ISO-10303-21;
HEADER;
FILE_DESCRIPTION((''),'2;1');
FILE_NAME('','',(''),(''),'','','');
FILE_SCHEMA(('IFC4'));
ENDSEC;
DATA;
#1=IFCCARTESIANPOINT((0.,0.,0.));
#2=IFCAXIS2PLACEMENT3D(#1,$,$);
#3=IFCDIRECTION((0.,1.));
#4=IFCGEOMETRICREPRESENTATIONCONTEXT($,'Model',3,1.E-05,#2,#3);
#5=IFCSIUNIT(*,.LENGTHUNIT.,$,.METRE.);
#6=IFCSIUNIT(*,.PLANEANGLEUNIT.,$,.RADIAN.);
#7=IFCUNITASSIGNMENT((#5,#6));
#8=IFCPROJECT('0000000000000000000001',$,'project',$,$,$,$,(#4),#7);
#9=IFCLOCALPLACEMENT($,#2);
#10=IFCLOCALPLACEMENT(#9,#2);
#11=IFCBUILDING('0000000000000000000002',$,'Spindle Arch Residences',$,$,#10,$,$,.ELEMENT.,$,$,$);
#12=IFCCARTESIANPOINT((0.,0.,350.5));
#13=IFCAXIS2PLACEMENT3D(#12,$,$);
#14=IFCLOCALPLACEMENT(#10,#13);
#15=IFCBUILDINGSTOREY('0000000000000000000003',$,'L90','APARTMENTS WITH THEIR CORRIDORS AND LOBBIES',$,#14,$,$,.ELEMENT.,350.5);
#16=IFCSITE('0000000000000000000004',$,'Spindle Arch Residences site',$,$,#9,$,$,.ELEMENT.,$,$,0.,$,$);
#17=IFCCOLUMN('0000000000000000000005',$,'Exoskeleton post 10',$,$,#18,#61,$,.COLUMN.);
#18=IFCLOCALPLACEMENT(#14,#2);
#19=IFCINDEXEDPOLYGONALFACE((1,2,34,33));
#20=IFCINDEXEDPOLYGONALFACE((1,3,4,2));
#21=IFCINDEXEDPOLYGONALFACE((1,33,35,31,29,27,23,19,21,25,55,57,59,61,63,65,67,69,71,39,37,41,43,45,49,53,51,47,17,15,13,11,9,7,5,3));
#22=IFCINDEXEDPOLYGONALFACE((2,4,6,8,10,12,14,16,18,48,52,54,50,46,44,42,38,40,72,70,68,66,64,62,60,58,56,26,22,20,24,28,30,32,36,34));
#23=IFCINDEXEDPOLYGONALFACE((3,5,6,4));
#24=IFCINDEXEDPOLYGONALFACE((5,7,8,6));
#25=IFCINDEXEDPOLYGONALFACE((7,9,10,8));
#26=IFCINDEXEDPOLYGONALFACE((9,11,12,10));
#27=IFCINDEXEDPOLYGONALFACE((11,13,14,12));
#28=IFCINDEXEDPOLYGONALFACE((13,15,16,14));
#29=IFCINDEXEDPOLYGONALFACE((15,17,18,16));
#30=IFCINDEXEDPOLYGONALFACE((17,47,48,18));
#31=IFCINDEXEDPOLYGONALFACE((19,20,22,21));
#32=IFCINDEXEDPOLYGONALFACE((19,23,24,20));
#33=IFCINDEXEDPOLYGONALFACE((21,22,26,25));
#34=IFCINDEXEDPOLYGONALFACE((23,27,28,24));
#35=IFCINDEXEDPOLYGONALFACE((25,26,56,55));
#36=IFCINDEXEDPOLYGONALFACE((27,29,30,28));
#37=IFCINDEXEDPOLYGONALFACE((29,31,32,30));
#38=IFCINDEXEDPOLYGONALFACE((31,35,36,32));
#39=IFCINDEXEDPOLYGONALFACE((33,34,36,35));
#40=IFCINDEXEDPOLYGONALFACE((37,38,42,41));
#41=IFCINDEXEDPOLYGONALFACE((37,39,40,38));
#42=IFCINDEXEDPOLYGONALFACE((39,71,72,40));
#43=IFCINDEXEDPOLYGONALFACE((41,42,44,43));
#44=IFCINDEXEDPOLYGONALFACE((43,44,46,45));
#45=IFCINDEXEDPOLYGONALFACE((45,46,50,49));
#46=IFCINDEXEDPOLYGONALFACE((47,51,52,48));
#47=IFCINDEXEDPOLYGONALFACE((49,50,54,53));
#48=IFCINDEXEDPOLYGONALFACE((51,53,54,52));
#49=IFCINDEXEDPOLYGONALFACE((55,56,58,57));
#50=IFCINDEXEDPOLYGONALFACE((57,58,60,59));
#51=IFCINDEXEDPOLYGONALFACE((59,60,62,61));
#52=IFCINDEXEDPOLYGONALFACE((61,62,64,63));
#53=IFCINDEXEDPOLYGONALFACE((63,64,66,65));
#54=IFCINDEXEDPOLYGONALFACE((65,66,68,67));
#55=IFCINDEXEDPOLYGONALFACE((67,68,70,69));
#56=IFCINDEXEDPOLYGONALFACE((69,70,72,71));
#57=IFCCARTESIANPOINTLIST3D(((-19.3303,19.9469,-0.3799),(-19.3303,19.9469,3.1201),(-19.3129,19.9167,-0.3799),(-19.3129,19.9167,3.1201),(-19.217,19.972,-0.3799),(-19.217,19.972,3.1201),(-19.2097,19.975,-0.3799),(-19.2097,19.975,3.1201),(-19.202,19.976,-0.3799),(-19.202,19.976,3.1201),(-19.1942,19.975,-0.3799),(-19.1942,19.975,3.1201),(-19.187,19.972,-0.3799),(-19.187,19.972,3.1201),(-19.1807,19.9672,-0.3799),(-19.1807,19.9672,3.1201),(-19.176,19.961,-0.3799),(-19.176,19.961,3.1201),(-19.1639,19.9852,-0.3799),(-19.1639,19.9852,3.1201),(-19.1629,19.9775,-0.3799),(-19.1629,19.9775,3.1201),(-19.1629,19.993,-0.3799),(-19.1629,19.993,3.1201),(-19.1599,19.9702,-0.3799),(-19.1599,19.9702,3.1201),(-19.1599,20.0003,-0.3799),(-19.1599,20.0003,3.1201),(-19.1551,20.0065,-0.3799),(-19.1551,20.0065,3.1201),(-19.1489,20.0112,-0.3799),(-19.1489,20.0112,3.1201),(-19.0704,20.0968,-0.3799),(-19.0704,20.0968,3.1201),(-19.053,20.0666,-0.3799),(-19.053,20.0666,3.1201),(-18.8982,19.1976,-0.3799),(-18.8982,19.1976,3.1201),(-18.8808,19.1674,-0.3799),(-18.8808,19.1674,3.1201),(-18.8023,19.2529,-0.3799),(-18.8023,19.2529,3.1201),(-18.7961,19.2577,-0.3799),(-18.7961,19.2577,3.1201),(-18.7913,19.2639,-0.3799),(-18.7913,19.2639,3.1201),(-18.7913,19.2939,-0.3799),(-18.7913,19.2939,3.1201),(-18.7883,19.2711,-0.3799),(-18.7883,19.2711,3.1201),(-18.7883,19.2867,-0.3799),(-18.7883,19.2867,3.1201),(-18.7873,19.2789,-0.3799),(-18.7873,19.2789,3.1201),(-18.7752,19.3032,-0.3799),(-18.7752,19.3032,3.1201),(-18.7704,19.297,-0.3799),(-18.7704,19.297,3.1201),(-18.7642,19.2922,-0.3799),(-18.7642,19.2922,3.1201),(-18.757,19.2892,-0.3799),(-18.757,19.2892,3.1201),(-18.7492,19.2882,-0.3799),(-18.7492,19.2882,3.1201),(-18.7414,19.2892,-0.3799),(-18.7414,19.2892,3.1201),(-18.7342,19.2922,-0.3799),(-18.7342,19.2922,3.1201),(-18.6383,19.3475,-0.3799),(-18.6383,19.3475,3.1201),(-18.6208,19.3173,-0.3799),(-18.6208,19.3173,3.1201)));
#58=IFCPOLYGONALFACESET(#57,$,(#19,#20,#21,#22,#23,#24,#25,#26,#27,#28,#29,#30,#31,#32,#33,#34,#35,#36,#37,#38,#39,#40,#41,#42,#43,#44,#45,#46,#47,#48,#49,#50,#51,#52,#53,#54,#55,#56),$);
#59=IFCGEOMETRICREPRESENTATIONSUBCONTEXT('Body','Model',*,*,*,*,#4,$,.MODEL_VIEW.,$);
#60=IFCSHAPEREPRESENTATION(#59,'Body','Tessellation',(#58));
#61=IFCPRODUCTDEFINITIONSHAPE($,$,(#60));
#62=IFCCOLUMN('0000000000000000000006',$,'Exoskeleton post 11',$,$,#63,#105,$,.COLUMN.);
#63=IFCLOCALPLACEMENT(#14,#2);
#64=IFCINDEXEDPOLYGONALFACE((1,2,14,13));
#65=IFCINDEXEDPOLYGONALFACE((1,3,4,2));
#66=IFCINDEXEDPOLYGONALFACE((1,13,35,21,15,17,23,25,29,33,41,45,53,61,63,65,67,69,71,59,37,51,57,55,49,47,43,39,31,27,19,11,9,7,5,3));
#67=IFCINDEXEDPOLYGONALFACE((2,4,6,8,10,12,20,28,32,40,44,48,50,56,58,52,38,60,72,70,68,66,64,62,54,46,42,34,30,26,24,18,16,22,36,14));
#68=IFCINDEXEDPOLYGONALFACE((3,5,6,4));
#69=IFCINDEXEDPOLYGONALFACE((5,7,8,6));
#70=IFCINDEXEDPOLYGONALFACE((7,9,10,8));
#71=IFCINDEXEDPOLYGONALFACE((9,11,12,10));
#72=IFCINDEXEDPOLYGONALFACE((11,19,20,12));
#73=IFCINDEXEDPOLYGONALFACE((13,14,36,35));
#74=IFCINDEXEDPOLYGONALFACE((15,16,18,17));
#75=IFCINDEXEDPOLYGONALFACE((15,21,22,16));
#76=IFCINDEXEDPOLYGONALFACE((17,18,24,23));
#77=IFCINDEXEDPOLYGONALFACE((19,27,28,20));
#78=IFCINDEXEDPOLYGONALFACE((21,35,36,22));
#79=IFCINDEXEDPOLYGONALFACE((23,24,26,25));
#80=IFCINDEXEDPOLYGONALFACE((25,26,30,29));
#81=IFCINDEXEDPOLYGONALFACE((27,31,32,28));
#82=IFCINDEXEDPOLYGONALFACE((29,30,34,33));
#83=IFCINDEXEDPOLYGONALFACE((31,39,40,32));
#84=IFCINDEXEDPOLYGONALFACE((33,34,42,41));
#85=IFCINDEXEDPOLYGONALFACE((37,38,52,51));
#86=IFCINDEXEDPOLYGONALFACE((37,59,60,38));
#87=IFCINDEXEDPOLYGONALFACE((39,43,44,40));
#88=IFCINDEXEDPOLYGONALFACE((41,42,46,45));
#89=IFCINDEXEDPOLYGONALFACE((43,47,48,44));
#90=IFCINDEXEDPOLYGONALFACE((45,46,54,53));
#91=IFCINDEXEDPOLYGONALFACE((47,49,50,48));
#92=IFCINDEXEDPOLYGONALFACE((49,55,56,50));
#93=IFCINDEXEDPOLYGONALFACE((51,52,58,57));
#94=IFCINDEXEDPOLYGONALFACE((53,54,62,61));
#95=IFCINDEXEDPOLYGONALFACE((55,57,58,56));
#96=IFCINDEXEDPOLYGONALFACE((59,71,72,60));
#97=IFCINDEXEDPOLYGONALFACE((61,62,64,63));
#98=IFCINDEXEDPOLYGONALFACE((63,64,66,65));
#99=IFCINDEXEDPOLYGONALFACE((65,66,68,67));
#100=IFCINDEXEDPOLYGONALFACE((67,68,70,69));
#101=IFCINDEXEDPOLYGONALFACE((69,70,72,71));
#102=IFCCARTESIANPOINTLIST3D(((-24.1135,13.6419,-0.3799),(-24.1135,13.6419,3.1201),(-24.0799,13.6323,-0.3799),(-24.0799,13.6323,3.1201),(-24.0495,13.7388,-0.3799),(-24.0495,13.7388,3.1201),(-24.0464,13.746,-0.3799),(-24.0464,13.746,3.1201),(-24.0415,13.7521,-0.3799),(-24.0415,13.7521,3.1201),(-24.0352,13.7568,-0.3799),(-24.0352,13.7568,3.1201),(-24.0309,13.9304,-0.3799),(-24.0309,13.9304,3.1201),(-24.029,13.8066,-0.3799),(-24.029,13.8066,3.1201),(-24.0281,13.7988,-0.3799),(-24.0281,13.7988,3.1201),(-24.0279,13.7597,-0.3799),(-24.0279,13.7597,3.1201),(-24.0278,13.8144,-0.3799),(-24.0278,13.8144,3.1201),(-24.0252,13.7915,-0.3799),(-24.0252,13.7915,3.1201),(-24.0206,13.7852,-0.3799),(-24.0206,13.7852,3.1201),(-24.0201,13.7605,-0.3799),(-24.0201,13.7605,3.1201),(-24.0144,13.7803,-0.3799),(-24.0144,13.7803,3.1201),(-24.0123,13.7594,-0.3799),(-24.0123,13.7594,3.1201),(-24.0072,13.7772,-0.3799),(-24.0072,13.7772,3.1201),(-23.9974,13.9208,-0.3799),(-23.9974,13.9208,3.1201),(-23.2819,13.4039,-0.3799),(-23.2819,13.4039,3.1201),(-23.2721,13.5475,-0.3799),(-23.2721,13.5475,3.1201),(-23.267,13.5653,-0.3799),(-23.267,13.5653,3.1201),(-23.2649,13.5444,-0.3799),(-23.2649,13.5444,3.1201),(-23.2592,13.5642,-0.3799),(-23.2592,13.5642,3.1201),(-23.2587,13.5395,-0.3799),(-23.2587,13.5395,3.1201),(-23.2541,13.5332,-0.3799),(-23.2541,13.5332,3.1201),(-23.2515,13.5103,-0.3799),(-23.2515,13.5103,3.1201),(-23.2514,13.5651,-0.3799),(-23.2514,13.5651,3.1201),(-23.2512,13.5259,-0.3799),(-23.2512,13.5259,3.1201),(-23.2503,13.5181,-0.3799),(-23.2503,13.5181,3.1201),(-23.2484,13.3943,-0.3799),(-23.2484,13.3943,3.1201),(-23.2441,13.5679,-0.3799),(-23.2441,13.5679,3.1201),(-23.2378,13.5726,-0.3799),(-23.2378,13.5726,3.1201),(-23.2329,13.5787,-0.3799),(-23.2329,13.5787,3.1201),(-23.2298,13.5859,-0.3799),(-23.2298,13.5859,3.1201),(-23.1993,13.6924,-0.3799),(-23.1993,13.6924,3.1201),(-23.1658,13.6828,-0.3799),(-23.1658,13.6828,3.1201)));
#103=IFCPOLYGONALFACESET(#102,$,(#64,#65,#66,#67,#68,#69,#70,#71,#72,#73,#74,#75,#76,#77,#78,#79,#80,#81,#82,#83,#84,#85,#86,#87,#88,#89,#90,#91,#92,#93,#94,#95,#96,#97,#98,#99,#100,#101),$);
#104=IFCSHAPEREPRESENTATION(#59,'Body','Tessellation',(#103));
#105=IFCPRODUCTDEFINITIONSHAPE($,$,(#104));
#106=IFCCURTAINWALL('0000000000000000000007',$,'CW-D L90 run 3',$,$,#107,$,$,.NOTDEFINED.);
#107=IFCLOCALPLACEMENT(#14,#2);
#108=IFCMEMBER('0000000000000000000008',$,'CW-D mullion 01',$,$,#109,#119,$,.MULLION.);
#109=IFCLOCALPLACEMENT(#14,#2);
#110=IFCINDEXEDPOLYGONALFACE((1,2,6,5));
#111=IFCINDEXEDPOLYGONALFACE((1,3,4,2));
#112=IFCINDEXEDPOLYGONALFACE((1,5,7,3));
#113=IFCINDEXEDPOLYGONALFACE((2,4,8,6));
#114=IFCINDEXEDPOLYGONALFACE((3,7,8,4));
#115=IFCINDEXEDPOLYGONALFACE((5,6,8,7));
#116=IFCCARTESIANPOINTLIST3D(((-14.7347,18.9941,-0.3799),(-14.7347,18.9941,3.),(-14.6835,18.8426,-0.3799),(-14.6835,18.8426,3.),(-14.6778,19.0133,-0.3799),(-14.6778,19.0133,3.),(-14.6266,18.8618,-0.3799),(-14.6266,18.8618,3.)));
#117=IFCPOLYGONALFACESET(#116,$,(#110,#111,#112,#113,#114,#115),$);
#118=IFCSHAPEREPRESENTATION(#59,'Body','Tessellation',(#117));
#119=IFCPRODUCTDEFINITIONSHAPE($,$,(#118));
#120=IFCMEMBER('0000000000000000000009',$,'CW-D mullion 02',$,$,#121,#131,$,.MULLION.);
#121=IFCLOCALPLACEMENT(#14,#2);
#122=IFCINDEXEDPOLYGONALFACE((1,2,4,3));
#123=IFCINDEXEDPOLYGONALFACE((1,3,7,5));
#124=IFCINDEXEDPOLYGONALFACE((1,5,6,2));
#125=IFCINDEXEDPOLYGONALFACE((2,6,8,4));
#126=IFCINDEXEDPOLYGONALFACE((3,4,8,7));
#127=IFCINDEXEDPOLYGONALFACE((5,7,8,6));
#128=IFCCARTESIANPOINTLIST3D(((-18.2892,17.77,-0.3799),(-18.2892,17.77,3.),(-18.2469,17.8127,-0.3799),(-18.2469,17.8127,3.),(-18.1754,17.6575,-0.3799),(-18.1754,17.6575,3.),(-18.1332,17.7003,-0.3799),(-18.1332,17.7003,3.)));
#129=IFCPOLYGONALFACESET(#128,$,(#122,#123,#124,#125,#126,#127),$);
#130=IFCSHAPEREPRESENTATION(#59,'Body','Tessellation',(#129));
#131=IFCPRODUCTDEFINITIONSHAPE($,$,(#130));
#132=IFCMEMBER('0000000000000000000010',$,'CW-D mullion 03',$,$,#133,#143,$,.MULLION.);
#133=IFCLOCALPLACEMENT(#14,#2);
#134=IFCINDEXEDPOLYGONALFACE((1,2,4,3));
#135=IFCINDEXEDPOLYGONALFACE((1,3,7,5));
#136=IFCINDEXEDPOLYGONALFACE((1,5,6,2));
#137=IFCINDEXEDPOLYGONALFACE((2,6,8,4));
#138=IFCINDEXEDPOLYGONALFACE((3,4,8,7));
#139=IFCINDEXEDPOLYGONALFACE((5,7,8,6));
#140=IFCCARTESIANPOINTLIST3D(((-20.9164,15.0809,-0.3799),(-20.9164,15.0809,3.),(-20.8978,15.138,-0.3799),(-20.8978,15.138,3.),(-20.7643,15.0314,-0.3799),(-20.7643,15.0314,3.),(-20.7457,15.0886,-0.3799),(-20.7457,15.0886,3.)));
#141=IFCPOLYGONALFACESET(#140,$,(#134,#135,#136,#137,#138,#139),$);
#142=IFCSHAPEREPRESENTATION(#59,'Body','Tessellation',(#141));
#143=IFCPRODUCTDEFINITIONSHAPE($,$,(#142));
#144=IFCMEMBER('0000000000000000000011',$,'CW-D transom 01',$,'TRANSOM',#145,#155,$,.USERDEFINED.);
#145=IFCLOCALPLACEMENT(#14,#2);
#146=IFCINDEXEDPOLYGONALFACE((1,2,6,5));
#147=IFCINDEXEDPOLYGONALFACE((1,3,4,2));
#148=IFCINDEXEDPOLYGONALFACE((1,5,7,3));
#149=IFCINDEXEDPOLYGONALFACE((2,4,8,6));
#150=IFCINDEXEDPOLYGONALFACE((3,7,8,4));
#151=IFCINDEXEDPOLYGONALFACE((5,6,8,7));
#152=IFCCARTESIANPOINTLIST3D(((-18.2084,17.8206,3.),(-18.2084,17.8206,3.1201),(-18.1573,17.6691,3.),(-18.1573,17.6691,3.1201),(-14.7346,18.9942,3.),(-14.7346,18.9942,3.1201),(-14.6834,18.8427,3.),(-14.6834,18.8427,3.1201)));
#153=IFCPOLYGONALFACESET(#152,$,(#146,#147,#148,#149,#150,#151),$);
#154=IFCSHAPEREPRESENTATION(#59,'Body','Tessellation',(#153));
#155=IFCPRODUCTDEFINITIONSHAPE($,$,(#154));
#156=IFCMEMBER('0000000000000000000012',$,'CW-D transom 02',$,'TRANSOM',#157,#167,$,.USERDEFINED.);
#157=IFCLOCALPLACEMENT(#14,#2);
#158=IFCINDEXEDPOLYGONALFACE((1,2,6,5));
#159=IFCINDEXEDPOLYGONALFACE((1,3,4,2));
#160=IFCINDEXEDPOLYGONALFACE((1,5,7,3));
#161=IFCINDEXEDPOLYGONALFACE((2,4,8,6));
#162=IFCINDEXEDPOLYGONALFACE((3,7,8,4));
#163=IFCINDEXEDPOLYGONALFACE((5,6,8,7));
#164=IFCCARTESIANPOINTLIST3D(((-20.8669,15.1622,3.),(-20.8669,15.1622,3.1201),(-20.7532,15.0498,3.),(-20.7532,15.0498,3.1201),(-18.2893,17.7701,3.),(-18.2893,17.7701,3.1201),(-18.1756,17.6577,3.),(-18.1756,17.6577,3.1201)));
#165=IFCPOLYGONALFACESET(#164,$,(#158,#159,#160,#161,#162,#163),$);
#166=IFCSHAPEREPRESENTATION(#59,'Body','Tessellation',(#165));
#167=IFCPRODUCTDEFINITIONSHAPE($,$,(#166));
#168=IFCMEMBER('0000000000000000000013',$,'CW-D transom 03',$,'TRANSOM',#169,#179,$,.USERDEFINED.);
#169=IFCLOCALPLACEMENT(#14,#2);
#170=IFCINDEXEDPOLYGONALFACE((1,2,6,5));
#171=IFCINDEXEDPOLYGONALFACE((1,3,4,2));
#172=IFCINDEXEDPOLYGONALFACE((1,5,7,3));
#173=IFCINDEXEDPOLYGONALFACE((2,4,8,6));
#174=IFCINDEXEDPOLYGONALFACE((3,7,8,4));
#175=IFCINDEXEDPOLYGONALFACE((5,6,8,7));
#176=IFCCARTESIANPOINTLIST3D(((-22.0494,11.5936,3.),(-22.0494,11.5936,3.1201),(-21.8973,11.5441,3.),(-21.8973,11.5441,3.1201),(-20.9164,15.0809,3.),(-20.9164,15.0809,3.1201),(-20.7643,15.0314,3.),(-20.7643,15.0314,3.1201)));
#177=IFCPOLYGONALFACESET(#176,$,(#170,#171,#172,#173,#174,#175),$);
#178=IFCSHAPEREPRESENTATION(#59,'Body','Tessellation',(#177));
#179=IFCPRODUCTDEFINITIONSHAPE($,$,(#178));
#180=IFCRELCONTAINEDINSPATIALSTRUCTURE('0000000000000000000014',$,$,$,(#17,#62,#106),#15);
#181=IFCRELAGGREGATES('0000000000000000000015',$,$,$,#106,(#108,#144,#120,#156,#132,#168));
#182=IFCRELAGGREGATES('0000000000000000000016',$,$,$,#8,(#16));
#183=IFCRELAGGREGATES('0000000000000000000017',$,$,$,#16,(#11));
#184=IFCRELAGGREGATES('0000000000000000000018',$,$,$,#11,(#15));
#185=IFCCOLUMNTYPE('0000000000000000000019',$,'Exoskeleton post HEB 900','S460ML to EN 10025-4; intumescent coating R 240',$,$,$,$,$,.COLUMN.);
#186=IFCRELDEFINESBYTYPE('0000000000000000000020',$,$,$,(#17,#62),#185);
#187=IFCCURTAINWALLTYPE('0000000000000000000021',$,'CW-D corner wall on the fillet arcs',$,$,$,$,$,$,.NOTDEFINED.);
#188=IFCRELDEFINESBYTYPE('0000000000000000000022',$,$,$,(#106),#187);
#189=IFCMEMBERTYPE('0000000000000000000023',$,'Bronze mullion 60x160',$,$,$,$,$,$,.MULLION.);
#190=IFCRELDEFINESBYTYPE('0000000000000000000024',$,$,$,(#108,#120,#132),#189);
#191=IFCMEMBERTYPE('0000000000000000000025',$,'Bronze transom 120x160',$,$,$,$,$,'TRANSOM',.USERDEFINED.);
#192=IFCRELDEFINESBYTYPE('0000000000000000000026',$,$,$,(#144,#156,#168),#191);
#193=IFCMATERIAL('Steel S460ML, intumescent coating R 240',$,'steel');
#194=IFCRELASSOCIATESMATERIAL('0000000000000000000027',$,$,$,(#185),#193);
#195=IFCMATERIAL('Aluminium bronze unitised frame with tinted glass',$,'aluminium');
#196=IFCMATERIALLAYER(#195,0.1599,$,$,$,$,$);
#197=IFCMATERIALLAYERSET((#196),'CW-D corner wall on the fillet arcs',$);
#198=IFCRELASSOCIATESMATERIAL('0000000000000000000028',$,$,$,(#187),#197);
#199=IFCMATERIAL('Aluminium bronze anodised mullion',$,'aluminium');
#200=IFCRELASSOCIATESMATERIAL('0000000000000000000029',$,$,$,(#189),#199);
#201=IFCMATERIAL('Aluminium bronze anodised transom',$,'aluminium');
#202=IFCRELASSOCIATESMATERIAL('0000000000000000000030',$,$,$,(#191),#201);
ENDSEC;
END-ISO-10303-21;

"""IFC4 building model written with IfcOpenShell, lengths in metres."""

from ifc_helpers import new_model, si_unit, direction, frame, origin, origin_2d, place, context, subcontext, project, spatial, rectangle, i_section, extrude, material, layer, layer_set, material_profile, profile_set, type_object, element, aggregate, save


model = new_model("IFC4")

# Units and contexts
model_context = context("Model", 3, precision=1e-05, world=origin(), true_north=direction((0.0, 1.0)))
body_context = subcontext(model_context, "Body", "Model", "MODEL_VIEW")
ifc_project = project(units=[si_unit("LENGTHUNIT", "METRE"), si_unit("PLANEANGLEUNIT", "RADIAN")], contexts=[model_context])

# Site, building, storey
site_placement = place(None, origin())
site = spatial("IfcSite", under=ifc_project, at=site_placement, Name="Spindle Arch Residences site", CompositionType="ELEMENT", RefElevation=0.0)
building_placement = place(site_placement, origin())
building = spatial("IfcBuilding", under=site, at=building_placement, Name="Spindle Arch Residences", CompositionType="ELEMENT")
storey_placement = place(building_placement, frame((0.0, 0.0, 350.5)))
storey = spatial("IfcBuildingStorey", under=building, at=storey_placement, Name="L90", Description="APARTMENTS WITH THEIR CORRIDORS AND LOBBIES", CompositionType="ELEMENT", Elevation=350.5)

# Columns
ifc_material_1 = material(Name="Steel S460ML, intumescent coating R 240", Category="steel")
ifc_material_profile_1 = material_profile(ifc_material_1, i_section(OverallWidth=0.3, OverallDepth=0.8999, WebThickness=0.0186, FlangeThickness=0.0349, FilletRadius=0.03, at=origin_2d()), Name="HEB 900")
ifc_profile_set_1 = profile_set([ifc_material_profile_1], Name="Steel S460ML, intumescent coating R 240")
column_type = type_object("IfcColumnType", Name="Exoskeleton post HEB 900", Description="S460ML to EN 10025-4; intumescent coating R 240", PredefinedType="COLUMN", material=ifc_profile_set_1)
for number, where, z_axis, x_axis, name in (
    (1, (-18.9756, 19.6321, -0.3799), (0.0, 0.0, 1.0), (0.866257, 0.499599, 0.0), "Exoskeleton post 10"),
    (2, (-23.6396, 13.6624, -0.3799), (0.0, 0.0, 1.0), (0.275193, 0.961389, 0.0), "Exoskeleton post 11"),
):
    element("IfcColumn", number, at=place(storey_placement, frame(where, z_axis=z_axis, x_axis=x_axis)), inside=storey, type_object=column_type, Name=name, PredefinedType="COLUMN", context=body_context, shape_type="SweptSolid", body=[
        extrude(i_section(OverallWidth=0.3, OverallDepth=0.8999, WebThickness=0.0186, FlangeThickness=0.0349, FilletRadius=0.03, at=origin_2d()), origin(), (0.0, 0.0, 1.0), 3.5),
    ])

# Curtain wall, members
ifc_material_2 = material(Name="Aluminium bronze unitised frame with tinted glass", Category="aluminium")
ifc_layer_1 = layer(ifc_material_2, 0.1599)
ifc_layer_set_1 = layer_set([ifc_layer_1], Name="CW-D corner wall on the fillet arcs")
curtain_wall_type = type_object("IfcCurtainWallType", Name="CW-D corner wall on the fillet arcs", PredefinedType="NOTDEFINED", material=ifc_layer_set_1)
curtain_wall_placement = place(storey_placement, origin())
curtain_wall = element("IfcCurtainWall", 3, at=curtain_wall_placement, inside=storey, type_object=curtain_wall_type, Name="CW-D L90 run 3", PredefinedType="NOTDEFINED")
ifc_material_3 = material(Name="Aluminium bronze anodised mullion", Category="aluminium")
ifc_material_profile_2 = material_profile(ifc_material_3, rectangle(XDim=0.1599, YDim=0.0601, at=origin_2d()), Name="MU 60x160")
ifc_profile_set_2 = profile_set([ifc_material_profile_2], Name="Aluminium bronze anodised mullion")
member_type_1 = type_object("IfcMemberType", Name="Bronze mullion 60x160", PredefinedType="MULLION", material=ifc_profile_set_2)
member_1_placement = place(storey_placement, frame((-14.6807, 18.928, -0.3799), z_axis=(0.0, 0.0, 1.0), x_axis=(0.320062, -0.947397, 0.0)))
member_1 = element("IfcMember", 4, at=member_1_placement, type_object=member_type_1, Name="CW-D mullion 01", PredefinedType="MULLION", context=body_context, shape_type="SweptSolid", body=[
    extrude(rectangle(XDim=0.1599, YDim=0.0601, at=origin_2d()), origin(), (0.0, 0.0, 1.0), 3.3799),
])
member_2_placement = place(storey_placement, frame((-18.2112, 17.7351, -0.3799), z_axis=(0.0, 0.0, 1.0), x_axis=(0.711209, -0.702981, 0.0)))
member_2 = element("IfcMember", 5, at=member_2_placement, type_object=member_type_1, Name="CW-D mullion 02", PredefinedType="MULLION", context=body_context, shape_type="SweptSolid", body=[
    extrude(rectangle(XDim=0.1599, YDim=0.0601, at=origin_2d()), origin(), (0.0, 0.0, 1.0), 3.3799),
])
member_3_placement = place(storey_placement, frame((-20.8311, 15.0847, -0.3799), z_axis=(0.0, 0.0, 1.0), x_axis=(0.951057, -0.309017, 0.0)))
member_3 = element("IfcMember", 6, at=member_3_placement, type_object=member_type_1, Name="CW-D mullion 03", PredefinedType="MULLION", context=body_context, shape_type="SweptSolid", body=[
    extrude(rectangle(XDim=0.1599, YDim=0.0601, at=origin_2d()), origin(), (0.0, 0.0, 1.0), 3.3799),
])
ifc_material_4 = material(Name="Aluminium bronze anodised transom", Category="aluminium")
ifc_material_profile_3 = material_profile(ifc_material_4, rectangle(XDim=0.1599, YDim=0.1201, at=origin_2d()), Name="TR 120x160")
ifc_profile_set_3 = profile_set([ifc_material_profile_3], Name="Aluminium bronze anodised transom")
member_type_2 = type_object("IfcMemberType", Name="Bronze transom 120x160", ElementType="TRANSOM", PredefinedType="USERDEFINED", material=ifc_profile_set_3)
member_4_placement = place(storey_placement, frame((-14.709, 18.9185, 3.0601), z_axis=(-0.947397, -0.32006, 0.0), x_axis=(0.32006, -0.947397, 0.0)))
member_4 = element("IfcMember", 7, at=member_4_placement, type_object=member_type_2, Name="CW-D transom 01", ObjectType="TRANSOM", PredefinedType="USERDEFINED", context=body_context, shape_type="SweptSolid", body=[
    extrude(rectangle(XDim=0.1599, YDim=0.1201, at=origin_2d()), origin(), (0.0, 0.0, 1.0), 3.6667),
])
member_5_placement = place(storey_placement, frame((-18.2324, 17.7139, 3.0601), z_axis=(-0.702967, -0.711223, 0.0), x_axis=(0.711223, -0.702967, 0.0)))
member_5 = element("IfcMember", 8, at=member_5_placement, type_object=member_type_2, Name="CW-D transom 02", ObjectType="TRANSOM", PredefinedType="USERDEFINED", context=body_context, shape_type="SweptSolid", body=[
    extrude(rectangle(XDim=0.1599, YDim=0.1201, at=origin_2d()), origin(), (0.0, 0.0, 1.0), 3.6667),
])
member_6_placement = place(storey_placement, frame((-20.8403, 15.0562, 3.0601), z_axis=(-0.309008, -0.95106, 0.0), x_axis=(0.95106, -0.309008, 0.0)))
member_6 = element("IfcMember", 9, at=member_6_placement, type_object=member_type_2, Name="CW-D transom 03", ObjectType="TRANSOM", PredefinedType="USERDEFINED", context=body_context, shape_type="SweptSolid", body=[
    extrude(rectangle(XDim=0.1599, YDim=0.1201, at=origin_2d()), origin(), (0.0, 0.0, 1.0), 3.6667),
])

aggregate(curtain_wall, [member_1, member_4, member_2, member_5, member_3, member_6])

save(model, "model.ifc")
